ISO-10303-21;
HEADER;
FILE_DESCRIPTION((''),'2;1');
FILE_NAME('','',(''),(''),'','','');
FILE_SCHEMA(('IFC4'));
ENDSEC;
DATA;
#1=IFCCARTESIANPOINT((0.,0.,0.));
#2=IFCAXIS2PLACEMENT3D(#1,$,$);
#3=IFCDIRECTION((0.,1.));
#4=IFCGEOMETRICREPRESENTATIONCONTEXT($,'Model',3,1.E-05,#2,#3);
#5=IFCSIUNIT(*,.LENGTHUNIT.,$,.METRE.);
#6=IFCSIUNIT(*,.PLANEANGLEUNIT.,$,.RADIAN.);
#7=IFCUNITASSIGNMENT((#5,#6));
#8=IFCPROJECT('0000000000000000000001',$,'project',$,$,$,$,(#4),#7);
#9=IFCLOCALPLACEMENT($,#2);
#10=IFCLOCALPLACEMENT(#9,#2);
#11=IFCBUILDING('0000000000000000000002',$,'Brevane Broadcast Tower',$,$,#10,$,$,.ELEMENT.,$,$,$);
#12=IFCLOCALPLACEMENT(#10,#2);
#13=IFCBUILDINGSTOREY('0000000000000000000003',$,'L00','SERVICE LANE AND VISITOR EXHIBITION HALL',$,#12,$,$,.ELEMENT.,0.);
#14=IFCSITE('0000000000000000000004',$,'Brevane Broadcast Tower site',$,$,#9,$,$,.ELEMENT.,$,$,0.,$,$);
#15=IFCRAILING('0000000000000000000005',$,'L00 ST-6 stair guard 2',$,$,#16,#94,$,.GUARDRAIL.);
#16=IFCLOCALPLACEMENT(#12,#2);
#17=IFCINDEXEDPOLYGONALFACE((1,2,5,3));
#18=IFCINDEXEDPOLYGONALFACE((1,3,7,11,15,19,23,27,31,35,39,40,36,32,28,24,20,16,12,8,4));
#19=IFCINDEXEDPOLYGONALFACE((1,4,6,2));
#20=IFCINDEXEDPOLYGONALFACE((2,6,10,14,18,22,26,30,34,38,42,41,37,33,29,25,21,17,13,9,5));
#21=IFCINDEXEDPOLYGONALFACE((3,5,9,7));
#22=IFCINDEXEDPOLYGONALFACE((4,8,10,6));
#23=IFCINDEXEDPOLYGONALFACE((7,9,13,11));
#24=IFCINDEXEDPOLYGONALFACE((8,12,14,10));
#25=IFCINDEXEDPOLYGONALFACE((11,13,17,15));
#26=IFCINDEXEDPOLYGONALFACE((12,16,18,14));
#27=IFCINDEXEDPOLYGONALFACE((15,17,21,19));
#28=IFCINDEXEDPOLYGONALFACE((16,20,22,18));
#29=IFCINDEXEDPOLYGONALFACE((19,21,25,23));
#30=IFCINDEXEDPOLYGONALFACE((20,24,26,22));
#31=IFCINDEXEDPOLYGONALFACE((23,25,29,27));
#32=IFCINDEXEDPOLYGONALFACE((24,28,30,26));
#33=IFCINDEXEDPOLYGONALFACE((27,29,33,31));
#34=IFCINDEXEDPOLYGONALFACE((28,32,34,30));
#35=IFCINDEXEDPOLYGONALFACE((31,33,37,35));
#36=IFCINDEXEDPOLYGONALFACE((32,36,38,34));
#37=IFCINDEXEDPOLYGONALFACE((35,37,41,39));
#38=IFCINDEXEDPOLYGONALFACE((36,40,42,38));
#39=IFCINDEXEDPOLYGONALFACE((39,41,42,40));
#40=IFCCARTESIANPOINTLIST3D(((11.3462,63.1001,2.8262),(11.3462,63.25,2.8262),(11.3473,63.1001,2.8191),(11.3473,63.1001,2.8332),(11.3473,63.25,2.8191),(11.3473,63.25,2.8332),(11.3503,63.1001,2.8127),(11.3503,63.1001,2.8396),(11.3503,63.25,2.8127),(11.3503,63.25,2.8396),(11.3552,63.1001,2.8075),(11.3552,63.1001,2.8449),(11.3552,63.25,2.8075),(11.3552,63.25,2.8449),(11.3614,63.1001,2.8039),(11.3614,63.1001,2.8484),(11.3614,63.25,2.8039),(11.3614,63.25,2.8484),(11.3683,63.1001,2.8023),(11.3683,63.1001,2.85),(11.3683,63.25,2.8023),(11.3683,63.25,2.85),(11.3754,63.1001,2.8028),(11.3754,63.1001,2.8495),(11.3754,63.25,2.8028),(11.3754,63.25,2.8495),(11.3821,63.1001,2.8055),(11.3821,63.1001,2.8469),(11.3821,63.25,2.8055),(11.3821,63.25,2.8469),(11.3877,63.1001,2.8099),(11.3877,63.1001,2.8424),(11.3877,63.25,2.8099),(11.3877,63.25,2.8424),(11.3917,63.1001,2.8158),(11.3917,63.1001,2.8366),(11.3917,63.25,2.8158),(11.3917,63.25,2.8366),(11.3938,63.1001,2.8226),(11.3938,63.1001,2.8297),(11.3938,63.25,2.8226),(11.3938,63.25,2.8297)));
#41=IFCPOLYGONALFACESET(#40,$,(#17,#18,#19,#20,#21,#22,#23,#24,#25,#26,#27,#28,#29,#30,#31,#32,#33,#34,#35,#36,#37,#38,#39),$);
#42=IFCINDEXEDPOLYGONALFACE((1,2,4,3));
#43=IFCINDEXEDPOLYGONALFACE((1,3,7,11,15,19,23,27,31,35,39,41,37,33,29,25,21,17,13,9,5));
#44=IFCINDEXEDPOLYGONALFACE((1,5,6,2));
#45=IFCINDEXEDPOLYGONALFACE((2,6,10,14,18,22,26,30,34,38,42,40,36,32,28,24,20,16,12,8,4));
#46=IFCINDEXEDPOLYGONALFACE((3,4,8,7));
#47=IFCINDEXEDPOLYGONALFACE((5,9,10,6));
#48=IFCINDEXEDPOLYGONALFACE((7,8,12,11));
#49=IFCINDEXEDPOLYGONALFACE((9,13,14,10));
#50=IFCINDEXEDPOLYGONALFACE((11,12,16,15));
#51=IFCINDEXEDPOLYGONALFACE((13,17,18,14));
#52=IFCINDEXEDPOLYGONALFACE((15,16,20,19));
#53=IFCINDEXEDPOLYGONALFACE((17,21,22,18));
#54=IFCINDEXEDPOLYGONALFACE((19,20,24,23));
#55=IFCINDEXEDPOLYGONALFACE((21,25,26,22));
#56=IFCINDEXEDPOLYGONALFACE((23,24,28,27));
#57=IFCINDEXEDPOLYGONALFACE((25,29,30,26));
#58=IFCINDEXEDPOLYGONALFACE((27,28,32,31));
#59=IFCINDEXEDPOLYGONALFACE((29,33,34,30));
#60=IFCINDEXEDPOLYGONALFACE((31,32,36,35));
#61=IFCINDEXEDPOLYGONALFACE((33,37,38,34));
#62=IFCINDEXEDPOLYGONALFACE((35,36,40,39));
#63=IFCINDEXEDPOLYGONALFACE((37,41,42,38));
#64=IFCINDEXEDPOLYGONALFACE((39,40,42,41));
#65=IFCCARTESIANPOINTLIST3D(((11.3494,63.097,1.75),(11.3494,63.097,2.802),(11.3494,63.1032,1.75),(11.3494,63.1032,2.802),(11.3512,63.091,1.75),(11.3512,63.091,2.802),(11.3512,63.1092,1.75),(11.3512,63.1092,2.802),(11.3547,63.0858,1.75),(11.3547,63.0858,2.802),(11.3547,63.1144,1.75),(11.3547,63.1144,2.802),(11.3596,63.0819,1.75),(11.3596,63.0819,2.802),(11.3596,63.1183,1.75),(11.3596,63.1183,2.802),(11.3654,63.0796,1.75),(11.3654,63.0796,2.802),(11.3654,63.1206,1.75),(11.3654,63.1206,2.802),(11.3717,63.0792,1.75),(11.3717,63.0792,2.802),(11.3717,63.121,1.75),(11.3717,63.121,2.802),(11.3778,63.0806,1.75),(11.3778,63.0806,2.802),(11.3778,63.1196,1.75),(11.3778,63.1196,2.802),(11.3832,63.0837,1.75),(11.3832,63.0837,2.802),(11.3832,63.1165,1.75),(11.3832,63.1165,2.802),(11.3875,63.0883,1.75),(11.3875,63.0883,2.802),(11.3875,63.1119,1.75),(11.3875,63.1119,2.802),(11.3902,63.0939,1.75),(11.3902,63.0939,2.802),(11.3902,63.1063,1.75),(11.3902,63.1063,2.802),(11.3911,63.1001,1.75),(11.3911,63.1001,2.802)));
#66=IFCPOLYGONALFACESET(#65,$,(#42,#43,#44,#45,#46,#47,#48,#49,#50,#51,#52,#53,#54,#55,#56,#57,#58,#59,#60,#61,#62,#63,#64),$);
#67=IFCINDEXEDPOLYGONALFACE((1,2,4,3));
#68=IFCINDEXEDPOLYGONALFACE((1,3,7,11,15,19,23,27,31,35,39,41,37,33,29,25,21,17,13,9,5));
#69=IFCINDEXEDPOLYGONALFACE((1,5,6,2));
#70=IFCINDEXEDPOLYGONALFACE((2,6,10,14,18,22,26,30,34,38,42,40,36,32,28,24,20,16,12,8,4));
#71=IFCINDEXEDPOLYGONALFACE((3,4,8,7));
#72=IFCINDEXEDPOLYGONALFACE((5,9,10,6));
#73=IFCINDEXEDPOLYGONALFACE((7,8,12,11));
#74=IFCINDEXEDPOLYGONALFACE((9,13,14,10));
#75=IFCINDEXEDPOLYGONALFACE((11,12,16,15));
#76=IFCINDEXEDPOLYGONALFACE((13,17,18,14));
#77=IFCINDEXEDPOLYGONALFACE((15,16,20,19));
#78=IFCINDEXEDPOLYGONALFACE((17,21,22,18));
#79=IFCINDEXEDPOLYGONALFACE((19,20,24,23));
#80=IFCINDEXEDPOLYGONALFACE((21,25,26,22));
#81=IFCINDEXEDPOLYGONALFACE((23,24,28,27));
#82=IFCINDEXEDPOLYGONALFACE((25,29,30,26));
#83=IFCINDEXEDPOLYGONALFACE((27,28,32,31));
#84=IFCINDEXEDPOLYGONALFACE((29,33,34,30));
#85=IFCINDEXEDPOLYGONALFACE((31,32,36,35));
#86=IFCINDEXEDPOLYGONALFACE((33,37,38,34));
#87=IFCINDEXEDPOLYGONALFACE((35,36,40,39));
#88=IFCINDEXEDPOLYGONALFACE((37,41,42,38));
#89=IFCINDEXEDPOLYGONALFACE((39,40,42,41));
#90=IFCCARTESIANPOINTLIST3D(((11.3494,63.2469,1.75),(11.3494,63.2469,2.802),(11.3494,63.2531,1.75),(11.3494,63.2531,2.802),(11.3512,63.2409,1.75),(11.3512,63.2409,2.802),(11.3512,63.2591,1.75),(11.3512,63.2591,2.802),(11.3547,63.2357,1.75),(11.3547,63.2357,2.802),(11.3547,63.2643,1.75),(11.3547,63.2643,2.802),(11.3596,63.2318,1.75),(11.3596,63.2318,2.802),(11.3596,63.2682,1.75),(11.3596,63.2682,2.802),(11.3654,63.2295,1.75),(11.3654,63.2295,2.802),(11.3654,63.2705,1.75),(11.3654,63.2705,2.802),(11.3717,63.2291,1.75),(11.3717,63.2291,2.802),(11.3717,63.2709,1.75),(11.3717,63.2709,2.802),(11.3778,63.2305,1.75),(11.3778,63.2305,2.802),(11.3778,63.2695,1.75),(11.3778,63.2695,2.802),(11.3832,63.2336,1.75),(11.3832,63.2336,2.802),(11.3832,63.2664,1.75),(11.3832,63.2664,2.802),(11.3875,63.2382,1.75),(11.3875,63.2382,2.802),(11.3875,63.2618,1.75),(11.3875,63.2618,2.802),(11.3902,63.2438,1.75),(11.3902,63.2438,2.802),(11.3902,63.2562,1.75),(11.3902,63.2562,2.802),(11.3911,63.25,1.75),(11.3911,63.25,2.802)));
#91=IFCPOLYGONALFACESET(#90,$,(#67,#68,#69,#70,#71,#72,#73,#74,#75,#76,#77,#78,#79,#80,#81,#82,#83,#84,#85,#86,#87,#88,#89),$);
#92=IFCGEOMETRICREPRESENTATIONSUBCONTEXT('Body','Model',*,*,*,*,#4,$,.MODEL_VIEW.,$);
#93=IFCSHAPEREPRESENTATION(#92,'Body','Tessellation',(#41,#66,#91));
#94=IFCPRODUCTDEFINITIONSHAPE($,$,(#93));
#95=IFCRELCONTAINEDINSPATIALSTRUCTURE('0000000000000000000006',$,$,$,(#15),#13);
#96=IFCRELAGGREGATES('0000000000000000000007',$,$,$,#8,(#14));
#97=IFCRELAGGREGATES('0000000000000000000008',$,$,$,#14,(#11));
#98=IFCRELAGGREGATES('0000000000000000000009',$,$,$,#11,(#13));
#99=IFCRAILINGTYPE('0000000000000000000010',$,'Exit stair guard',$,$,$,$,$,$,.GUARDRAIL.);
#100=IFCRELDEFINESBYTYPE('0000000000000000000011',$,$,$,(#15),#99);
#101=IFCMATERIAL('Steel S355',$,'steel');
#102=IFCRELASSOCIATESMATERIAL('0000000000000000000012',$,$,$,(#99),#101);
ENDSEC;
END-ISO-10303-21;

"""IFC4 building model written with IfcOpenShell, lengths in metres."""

from ifc_helpers import new_model, si_unit, direction, frame, origin, origin_2d, place, context, subcontext, project, spatial, circle, extrude, material, type_object, element, save


model = new_model("IFC4")

# Units and contexts
model_context = context("Model", 3, precision=1e-05, world=origin(), true_north=direction((0.0, 1.0)))
body_context = subcontext(model_context, "Body", "Model", "MODEL_VIEW")
ifc_project = project(units=[si_unit("LENGTHUNIT", "METRE"), si_unit("PLANEANGLEUNIT", "RADIAN")], contexts=[model_context])

# Site, building, storey
site_placement = place(None, origin())
site = spatial("IfcSite", under=ifc_project, at=site_placement, Name="Brevane Broadcast Tower site", CompositionType="ELEMENT", RefElevation=0.0)
building_placement = place(site_placement, origin())
building = spatial("IfcBuilding", under=site, at=building_placement, Name="Brevane Broadcast Tower", CompositionType="ELEMENT")
storey_placement = place(building_placement, origin())
storey = spatial("IfcBuildingStorey", under=building, at=storey_placement, Name="L00", Description="SERVICE LANE AND VISITOR EXHIBITION HALL", CompositionType="ELEMENT", Elevation=0.0)

# Railing
ifc_material_1 = material(Name="Steel S355", Category="steel")
railing_type_1 = type_object("IfcRailingType", Name="Exit stair guard", PredefinedType="GUARDRAIL", material=ifc_material_1)
railing_1_placement = place(storey_placement, frame((11.3701, 63.1001, 1.75)))
element("IfcRailing", 1, at=railing_1_placement, inside=storey, type_object=railing_type_1, Name="L00 ST-6 stair guard 2", PredefinedType="GUARDRAIL", context=body_context, shape_type="SweptSolid", body=[
    extrude(circle(Radius=0.0239, at=origin_2d()), frame((0.0, 0.0, 1.0762), z_axis=(0.0, 1.0, 0.0), x_axis=(-1.0, 0.0, 0.0)), (0.0, 0.0, 1.0), 0.1499),
    extrude(circle(Radius=0.021, at=origin_2d()), origin(), (0.0, 0.0, 1.0), 1.052),
    extrude(circle(Radius=0.021, at=origin_2d()), frame((0.0, 0.1499, 0.0)), (0.0, 0.0, 1.0), 1.052),
])

save(model, "model.ifc")
